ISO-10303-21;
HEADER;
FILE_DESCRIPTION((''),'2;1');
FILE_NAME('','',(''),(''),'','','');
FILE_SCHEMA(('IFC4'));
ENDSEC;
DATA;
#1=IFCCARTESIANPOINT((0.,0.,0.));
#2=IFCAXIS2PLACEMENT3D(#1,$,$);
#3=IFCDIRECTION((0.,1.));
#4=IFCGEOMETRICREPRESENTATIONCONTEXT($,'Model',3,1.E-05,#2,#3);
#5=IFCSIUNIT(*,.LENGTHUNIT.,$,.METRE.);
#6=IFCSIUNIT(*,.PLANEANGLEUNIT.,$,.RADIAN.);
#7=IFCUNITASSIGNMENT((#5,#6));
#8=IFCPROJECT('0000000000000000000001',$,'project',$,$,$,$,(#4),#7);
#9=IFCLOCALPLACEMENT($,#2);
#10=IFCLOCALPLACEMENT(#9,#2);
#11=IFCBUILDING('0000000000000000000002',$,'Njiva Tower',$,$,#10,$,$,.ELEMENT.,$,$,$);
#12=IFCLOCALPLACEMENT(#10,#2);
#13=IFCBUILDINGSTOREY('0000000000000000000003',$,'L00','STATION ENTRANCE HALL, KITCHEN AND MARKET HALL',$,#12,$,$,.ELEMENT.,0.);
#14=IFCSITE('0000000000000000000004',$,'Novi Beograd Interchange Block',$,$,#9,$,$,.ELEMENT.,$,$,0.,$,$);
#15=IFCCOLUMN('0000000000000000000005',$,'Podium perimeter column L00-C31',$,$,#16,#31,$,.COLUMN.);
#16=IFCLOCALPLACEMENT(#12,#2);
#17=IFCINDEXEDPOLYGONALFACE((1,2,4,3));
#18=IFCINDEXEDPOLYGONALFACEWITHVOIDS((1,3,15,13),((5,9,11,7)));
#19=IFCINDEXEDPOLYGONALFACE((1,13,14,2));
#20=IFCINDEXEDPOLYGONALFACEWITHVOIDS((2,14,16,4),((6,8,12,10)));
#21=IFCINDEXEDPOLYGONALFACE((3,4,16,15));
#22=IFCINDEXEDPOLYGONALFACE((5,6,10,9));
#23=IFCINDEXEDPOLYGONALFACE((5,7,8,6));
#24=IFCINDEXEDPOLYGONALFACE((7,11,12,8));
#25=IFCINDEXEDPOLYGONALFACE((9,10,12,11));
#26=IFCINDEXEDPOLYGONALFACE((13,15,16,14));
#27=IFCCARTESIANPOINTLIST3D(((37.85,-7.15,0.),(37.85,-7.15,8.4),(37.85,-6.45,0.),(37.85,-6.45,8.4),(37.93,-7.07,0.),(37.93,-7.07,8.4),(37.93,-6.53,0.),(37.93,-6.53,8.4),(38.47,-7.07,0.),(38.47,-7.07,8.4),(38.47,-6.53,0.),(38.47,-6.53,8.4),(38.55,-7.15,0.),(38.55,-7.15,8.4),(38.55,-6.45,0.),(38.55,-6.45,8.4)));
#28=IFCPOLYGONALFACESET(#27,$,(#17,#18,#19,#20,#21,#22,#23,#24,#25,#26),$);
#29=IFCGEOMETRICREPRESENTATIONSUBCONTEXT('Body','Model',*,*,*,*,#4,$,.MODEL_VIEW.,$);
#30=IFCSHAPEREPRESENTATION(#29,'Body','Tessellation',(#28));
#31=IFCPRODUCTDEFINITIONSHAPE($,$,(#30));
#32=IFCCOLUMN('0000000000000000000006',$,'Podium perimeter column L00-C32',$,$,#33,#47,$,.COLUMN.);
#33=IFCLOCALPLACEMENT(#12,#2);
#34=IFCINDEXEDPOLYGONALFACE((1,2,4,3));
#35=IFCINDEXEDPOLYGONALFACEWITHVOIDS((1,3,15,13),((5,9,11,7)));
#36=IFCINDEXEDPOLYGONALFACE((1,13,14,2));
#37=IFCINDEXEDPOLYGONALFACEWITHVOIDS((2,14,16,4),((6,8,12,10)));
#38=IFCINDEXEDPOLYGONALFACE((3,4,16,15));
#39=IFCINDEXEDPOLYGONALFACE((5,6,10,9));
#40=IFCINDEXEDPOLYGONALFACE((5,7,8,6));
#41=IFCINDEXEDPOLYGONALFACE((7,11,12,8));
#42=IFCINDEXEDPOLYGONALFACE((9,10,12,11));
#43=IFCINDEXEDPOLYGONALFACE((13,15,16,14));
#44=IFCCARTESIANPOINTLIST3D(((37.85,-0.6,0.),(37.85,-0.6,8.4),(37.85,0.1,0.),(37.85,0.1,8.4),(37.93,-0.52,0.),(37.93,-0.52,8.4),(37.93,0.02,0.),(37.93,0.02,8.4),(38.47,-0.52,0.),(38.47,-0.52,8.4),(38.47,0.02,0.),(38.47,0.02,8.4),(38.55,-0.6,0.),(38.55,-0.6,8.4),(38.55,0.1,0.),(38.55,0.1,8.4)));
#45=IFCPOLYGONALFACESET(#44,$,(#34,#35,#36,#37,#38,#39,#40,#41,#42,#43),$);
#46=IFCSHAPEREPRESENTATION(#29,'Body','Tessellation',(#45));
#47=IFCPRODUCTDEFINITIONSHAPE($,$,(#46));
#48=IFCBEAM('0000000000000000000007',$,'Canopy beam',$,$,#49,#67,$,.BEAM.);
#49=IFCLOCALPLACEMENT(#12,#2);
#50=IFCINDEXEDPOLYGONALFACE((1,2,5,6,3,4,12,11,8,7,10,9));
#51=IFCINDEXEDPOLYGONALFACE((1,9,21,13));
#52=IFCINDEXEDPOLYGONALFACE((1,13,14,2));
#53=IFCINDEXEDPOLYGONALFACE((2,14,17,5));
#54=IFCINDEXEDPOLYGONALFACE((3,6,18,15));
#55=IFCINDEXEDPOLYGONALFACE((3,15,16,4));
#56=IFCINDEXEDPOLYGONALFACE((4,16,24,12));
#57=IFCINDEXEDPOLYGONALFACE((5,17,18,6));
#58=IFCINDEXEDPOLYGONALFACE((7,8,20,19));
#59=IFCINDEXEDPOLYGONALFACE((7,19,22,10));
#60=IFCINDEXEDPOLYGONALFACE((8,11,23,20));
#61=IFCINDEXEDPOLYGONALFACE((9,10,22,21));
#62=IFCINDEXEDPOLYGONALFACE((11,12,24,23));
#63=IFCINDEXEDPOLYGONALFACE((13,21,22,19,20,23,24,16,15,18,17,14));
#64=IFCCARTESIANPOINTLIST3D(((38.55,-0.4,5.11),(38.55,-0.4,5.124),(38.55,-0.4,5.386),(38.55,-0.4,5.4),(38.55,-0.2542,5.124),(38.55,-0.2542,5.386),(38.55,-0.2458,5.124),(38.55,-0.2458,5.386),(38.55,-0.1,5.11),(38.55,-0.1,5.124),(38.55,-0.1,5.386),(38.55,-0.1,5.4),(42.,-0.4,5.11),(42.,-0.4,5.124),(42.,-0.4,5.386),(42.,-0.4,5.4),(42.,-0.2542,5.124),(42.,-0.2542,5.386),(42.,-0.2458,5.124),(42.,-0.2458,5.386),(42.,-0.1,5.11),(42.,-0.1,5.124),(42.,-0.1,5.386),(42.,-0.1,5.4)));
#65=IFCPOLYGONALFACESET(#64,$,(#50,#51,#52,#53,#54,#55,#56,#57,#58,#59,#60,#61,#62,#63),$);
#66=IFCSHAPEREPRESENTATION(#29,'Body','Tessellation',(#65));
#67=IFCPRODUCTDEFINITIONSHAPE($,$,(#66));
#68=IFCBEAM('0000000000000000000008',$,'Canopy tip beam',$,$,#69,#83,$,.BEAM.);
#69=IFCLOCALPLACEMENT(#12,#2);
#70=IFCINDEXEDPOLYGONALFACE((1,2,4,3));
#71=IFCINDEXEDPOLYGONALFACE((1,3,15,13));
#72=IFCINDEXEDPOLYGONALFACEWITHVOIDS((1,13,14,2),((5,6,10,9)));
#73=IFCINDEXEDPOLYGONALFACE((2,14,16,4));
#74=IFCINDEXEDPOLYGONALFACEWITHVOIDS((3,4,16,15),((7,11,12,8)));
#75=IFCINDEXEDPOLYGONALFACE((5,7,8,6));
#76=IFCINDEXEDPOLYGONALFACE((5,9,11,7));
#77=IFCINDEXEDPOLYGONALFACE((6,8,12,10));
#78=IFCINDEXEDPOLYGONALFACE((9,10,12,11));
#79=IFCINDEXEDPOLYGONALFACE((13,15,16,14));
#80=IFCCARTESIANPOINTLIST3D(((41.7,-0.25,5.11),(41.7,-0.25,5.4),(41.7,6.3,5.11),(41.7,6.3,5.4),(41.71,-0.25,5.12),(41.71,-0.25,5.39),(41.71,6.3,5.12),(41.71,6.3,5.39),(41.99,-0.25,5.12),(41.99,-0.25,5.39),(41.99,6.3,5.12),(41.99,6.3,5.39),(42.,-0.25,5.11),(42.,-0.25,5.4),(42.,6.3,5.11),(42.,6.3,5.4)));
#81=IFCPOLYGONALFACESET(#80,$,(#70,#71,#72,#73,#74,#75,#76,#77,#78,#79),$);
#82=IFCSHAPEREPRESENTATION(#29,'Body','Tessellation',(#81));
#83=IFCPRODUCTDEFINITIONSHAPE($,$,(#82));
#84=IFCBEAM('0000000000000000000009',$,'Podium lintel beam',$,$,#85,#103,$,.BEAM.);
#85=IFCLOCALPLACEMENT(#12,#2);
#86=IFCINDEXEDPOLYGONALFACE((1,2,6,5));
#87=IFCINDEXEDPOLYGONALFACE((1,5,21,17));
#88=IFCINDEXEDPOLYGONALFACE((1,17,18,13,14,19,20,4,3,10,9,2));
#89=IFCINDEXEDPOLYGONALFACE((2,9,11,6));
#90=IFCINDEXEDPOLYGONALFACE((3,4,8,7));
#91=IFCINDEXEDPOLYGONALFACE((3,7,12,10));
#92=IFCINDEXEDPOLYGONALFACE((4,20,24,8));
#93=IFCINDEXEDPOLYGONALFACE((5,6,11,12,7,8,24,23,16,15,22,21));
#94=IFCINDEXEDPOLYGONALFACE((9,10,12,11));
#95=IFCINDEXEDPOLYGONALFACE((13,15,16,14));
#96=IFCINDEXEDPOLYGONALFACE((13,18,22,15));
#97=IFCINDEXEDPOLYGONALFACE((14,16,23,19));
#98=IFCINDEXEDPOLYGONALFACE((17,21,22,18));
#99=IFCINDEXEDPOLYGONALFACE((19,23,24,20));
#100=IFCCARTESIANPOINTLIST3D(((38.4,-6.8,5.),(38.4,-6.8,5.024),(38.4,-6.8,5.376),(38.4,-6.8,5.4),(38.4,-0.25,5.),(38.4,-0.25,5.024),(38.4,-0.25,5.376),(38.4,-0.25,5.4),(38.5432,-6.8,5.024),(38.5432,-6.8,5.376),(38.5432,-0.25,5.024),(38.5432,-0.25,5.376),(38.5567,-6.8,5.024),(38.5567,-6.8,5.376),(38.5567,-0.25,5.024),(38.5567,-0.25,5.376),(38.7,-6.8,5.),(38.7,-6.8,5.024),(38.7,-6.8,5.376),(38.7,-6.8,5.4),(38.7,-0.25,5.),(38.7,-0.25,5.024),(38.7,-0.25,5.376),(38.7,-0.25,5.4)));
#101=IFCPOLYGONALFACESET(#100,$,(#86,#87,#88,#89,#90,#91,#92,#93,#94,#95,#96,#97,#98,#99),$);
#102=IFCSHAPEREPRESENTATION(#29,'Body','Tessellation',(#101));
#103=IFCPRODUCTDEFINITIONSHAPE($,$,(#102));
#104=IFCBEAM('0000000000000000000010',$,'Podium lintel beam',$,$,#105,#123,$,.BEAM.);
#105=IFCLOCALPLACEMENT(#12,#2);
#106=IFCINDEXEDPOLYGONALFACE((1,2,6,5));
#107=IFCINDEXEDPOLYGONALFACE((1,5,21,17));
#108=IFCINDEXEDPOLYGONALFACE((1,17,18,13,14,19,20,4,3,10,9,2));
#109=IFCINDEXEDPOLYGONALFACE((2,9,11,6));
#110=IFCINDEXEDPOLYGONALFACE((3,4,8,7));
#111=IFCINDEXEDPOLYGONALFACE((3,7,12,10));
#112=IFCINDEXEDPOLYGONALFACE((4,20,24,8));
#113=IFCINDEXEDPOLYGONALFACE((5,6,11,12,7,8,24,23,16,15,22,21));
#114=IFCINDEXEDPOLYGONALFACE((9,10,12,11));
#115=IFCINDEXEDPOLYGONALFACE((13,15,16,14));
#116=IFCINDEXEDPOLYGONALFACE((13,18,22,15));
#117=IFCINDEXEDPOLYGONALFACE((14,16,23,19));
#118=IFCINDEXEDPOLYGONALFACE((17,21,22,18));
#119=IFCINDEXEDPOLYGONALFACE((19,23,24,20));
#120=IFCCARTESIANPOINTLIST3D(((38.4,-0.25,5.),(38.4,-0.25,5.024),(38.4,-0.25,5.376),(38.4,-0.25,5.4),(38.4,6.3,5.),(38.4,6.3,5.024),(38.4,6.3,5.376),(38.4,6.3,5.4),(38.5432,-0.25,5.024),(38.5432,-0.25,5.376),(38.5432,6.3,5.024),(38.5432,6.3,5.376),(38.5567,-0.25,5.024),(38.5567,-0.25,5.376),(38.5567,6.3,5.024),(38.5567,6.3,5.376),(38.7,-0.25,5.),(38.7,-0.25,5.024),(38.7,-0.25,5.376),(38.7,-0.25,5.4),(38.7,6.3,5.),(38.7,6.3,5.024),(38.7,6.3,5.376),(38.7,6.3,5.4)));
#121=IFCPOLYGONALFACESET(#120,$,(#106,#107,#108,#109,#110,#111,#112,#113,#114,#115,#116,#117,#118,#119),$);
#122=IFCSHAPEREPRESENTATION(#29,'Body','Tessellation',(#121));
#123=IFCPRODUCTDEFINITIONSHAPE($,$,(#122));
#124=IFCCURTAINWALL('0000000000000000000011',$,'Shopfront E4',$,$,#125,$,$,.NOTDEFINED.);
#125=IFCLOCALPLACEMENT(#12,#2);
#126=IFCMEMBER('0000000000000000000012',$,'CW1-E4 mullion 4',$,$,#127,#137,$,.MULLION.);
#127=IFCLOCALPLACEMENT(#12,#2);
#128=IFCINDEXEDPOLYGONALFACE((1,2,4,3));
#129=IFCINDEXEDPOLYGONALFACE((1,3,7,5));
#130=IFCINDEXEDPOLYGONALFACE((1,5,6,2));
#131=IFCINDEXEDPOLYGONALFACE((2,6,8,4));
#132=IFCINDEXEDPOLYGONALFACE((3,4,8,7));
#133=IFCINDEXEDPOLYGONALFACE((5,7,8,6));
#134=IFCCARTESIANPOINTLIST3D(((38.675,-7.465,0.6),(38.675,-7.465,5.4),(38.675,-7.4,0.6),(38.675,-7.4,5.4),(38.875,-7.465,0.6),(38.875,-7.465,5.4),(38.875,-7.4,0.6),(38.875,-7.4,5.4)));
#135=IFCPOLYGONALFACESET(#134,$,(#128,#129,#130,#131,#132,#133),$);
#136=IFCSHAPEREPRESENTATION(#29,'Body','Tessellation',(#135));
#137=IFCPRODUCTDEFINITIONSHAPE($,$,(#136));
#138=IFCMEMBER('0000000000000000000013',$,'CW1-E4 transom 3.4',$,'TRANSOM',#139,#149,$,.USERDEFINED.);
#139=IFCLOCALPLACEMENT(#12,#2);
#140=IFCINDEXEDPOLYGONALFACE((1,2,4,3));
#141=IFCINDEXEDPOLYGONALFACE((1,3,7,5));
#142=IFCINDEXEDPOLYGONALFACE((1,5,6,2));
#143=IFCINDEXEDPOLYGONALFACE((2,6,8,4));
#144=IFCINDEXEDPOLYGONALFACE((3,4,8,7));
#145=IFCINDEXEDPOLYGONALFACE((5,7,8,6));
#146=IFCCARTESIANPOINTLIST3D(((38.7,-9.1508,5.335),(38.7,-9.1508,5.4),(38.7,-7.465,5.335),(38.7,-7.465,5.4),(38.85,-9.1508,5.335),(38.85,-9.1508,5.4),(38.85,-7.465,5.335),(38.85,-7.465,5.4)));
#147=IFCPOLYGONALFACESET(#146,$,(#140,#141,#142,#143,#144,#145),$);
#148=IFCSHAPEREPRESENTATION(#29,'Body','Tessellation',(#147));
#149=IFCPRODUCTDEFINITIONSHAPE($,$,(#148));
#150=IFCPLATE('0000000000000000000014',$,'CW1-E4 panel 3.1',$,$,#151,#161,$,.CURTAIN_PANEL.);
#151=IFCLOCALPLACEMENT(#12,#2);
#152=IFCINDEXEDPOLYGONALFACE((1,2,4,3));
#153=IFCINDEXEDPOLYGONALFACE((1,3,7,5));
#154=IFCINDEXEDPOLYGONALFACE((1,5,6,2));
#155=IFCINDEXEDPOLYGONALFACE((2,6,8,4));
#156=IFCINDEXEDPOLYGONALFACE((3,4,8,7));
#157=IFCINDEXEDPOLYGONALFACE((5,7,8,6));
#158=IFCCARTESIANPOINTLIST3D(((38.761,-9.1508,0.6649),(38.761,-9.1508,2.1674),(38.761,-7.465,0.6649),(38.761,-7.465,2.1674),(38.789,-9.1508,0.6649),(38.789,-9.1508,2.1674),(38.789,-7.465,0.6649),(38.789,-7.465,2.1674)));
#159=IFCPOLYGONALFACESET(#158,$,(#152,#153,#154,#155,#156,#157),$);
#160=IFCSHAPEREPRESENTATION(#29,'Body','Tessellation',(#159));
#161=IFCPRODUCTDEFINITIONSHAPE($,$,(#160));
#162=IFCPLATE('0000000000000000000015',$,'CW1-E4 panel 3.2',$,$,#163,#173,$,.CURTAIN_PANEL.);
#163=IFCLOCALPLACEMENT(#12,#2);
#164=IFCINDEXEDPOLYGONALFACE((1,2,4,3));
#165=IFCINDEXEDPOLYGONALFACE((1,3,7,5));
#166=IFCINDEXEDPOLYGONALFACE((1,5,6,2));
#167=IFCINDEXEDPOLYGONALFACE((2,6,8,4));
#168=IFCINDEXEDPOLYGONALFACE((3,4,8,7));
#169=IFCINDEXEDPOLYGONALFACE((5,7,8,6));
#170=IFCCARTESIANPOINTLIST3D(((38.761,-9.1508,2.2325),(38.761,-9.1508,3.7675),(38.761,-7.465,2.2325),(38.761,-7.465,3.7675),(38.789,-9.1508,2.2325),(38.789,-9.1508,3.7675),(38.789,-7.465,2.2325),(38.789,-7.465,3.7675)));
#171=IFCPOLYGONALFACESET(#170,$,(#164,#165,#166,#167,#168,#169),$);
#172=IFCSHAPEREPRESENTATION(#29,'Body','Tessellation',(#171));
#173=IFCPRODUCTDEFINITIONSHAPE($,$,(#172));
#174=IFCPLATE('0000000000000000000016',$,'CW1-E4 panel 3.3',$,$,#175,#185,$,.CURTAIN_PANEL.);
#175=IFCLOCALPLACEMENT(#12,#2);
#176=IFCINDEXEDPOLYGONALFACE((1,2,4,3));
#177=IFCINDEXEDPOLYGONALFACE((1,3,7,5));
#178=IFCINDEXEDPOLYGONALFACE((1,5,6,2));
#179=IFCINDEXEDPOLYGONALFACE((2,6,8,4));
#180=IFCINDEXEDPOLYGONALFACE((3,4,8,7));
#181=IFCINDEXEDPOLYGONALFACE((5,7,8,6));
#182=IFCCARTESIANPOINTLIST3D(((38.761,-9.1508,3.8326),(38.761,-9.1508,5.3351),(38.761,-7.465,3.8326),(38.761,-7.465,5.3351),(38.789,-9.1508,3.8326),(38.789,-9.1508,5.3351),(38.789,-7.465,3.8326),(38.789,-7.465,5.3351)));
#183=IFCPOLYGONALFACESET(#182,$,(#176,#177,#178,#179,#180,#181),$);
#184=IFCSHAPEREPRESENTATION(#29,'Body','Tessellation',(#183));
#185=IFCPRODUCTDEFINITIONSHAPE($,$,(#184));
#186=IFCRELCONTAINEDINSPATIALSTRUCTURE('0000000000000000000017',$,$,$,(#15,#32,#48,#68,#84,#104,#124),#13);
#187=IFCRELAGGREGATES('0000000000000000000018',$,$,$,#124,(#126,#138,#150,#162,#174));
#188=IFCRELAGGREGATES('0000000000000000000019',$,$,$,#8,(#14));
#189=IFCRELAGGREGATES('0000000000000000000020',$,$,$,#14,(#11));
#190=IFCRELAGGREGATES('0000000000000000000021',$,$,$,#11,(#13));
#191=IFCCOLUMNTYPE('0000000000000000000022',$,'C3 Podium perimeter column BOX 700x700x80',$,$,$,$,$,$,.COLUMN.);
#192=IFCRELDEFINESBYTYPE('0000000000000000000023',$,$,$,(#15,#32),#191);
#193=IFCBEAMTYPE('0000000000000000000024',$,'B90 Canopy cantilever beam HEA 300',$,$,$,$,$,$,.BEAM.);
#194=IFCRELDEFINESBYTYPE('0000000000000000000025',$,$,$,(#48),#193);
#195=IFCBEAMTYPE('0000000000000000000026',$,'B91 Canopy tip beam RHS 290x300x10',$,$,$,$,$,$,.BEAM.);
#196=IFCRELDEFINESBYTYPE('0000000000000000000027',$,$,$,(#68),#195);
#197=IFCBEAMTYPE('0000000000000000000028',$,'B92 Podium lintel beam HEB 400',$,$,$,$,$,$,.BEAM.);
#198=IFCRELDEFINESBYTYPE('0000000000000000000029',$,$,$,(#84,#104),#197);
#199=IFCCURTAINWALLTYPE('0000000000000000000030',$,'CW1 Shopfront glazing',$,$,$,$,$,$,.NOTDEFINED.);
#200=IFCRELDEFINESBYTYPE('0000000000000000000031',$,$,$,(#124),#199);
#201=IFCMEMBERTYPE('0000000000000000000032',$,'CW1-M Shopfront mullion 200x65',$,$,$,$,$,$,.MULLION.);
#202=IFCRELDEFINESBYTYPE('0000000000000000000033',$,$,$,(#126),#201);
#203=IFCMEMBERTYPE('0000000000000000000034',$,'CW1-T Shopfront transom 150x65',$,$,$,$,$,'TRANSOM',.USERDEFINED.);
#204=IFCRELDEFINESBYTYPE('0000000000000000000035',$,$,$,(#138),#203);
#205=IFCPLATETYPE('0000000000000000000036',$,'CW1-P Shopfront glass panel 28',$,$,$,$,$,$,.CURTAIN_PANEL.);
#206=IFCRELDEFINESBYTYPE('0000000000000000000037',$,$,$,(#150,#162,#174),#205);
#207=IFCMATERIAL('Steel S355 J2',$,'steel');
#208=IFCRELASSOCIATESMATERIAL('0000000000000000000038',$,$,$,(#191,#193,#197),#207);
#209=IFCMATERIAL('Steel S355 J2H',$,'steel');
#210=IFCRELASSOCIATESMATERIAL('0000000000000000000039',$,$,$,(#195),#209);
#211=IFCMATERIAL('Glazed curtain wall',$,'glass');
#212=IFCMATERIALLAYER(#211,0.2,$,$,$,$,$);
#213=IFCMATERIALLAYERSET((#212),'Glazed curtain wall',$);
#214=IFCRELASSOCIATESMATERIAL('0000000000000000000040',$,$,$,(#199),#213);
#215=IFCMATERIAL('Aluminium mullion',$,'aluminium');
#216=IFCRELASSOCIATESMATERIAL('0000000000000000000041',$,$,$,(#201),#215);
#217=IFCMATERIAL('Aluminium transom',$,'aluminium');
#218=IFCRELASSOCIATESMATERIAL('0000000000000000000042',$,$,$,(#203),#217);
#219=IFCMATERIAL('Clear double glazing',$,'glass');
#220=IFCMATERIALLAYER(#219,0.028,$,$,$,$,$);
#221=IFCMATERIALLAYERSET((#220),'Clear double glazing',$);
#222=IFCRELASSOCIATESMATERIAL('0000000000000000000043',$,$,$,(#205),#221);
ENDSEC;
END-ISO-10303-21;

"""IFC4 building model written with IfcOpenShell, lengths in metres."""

from ifc_helpers import new_model, si_unit, direction, frame, origin, origin_2d, place, context, subcontext, project, spatial, rectangle, hollow_rectangle, i_section, extrude, material, layer, layer_set, material_profile, profile_set, type_object, element, aggregate, save


model = new_model("IFC4")

# Units and contexts
model_context = context("Model", 3, precision=1e-05, world=origin(), true_north=direction((0.0, 1.0)))
body_context = subcontext(model_context, "Body", "Model", "MODEL_VIEW")
ifc_project = project(units=[si_unit("LENGTHUNIT", "METRE"), si_unit("PLANEANGLEUNIT", "RADIAN")], contexts=[model_context])

# Site, building, storey
site_placement = place(None, origin())
site = spatial("IfcSite", under=ifc_project, at=site_placement, Name="Novi Beograd Interchange Block", CompositionType="ELEMENT", RefElevation=0.0)
building_placement = place(site_placement, origin())
building = spatial("IfcBuilding", under=site, at=building_placement, Name="Njiva Tower", CompositionType="ELEMENT")
storey_placement = place(building_placement, origin())
storey = spatial("IfcBuildingStorey", under=building, at=storey_placement, Name="L00", Description="STATION ENTRANCE HALL, KITCHEN AND MARKET HALL", CompositionType="ELEMENT", Elevation=0.0)

# Columns
ifc_material_1 = material(Name="Steel S355 J2", Category="steel")
ifc_material_profile_1 = material_profile(ifc_material_1, hollow_rectangle(XDim=0.7, YDim=0.7, WallThickness=0.08, at=origin_2d()), Name="BOX 700x700x80")
ifc_profile_set_1 = profile_set([ifc_material_profile_1], Name="Steel S355 J2")
column_type = type_object("IfcColumnType", Name="C3 Podium perimeter column BOX 700x700x80", PredefinedType="COLUMN", material=ifc_profile_set_1)
for number, where, z_axis, x_axis, name in (
    (1, (38.2, -6.8, 0.0), (0.0, 0.0, 1.0), (0.0, 1.0, 0.0), "Podium perimeter column L00-C31"),
    (2, (38.2, -0.25, 0.0), (0.0, 0.0, 1.0), (0.0, 1.0, 0.0), "Podium perimeter column L00-C32"),
):
    element("IfcColumn", number, at=place(storey_placement, frame(where, z_axis=z_axis, x_axis=x_axis)), inside=storey, type_object=column_type, Name=name, PredefinedType="COLUMN", context=body_context, shape_type="SweptSolid", body=[
        extrude(hollow_rectangle(XDim=0.7, YDim=0.7, WallThickness=0.08, at=origin_2d()), origin(), (0.0, 0.0, 1.0), 8.4),
    ])

# Beams
ifc_material_profile_2 = material_profile(ifc_material_1, i_section(OverallWidth=0.3, OverallDepth=0.29, WebThickness=0.0085, FlangeThickness=0.014, at=origin_2d()), Name="HEA300")
ifc_profile_set_2 = profile_set([ifc_material_profile_2], Name="Steel S355 J2")
beam_type_1 = type_object("IfcBeamType", Name="B90 Canopy cantilever beam HEA 300", PredefinedType="BEAM", material=ifc_profile_set_2)
beam_1_placement = place(storey_placement, frame((38.55, -0.25, 5.255), z_axis=(1.0, 0.0, 0.0), x_axis=(0.0, 1.0, 0.0)))
element("IfcBeam", 3, at=beam_1_placement, inside=storey, type_object=beam_type_1, Name="Canopy beam", PredefinedType="BEAM", context=body_context, shape_type="SweptSolid", body=[
    extrude(i_section(OverallWidth=0.3, OverallDepth=0.29, WebThickness=0.0085, FlangeThickness=0.014, at=origin_2d()), origin(), (0.0, 0.0, 1.0), 3.45),
])
ifc_material_2 = material(Name="Steel S355 J2H", Category="steel")
ifc_material_profile_3 = material_profile(ifc_material_2, hollow_rectangle(XDim=0.3, YDim=0.29, WallThickness=0.01, at=origin_2d()), Name="BOX 290x300x10")
ifc_profile_set_3 = profile_set([ifc_material_profile_3], Name="Steel S355 J2H")
beam_type_2 = type_object("IfcBeamType", Name="B91 Canopy tip beam RHS 290x300x10", PredefinedType="BEAM", material=ifc_profile_set_3)
beam_2_placement = place(storey_placement, frame((41.85, -0.25, 5.255), z_axis=(0.0, 1.0, 0.0), x_axis=(-1.0, 0.0, 0.0)))
element("IfcBeam", 4, at=beam_2_placement, inside=storey, type_object=beam_type_2, Name="Canopy tip beam", PredefinedType="BEAM", context=body_context, shape_type="SweptSolid", body=[
    extrude(hollow_rectangle(XDim=0.3, YDim=0.29, WallThickness=0.01, at=origin_2d()), origin(), (0.0, 0.0, 1.0), 6.55),
])
ifc_material_profile_4 = material_profile(ifc_material_1, i_section(OverallWidth=0.3, OverallDepth=0.4, WebThickness=0.0135, FlangeThickness=0.024, at=origin_2d()), Name="HEB400")
ifc_profile_set_4 = profile_set([ifc_material_profile_4], Name="Steel S355 J2")
beam_type_3 = type_object("IfcBeamType", Name="B92 Podium lintel beam HEB 400", PredefinedType="BEAM", material=ifc_profile_set_4)
for number, where, z_axis, x_axis, name in (
    (5, (38.55, -6.8, 5.2), (0.0, 1.0, 0.0), (-1.0, 0.0, 0.0), "Podium lintel beam"),
    (6, (38.55, -0.25, 5.2), (0.0, 1.0, 0.0), (-1.0, 0.0, 0.0), "Podium lintel beam"),
):
    element("IfcBeam", number, at=place(storey_placement, frame(where, z_axis=z_axis, x_axis=x_axis)), inside=storey, type_object=beam_type_3, Name=name, PredefinedType="BEAM", context=body_context, shape_type="SweptSolid", body=[
        extrude(i_section(OverallWidth=0.3, OverallDepth=0.4, WebThickness=0.0135, FlangeThickness=0.024, at=origin_2d()), origin(), (0.0, 0.0, 1.0), 6.55),
    ])

# Curtain wall, members, plates
ifc_material_3 = material(Name="Glazed curtain wall", Category="glass")
ifc_layer_1 = layer(ifc_material_3, 0.2)
ifc_layer_set_1 = layer_set([ifc_layer_1], Name="Glazed curtain wall")
curtain_wall_type = type_object("IfcCurtainWallType", Name="CW1 Shopfront glazing", PredefinedType="NOTDEFINED", material=ifc_layer_set_1)
curtain_wall_placement = place(storey_placement, origin())
curtain_wall = element("IfcCurtainWall", 7, at=curtain_wall_placement, inside=storey, type_object=curtain_wall_type, Name="Shopfront E4", PredefinedType="NOTDEFINED")
ifc_material_4 = material(Name="Aluminium mullion", Category="aluminium")
ifc_material_profile_5 = material_profile(ifc_material_4, rectangle(XDim=0.2, YDim=0.065, at=origin_2d()), Name="RECT 200x65")
ifc_profile_set_5 = profile_set([ifc_material_profile_5], Name="Aluminium mullion")
member_type_1 = type_object("IfcMemberType", Name="CW1-M Shopfront mullion 200x65", PredefinedType="MULLION", material=ifc_profile_set_5)
member_1_placement = place(storey_placement, frame((38.775, -7.4325, 0.6), z_axis=(0.0, 0.0, 1.0), x_axis=(-1.0, 0.0, 0.0)))
member_1 = element("IfcMember", 8, at=member_1_placement, type_object=member_type_1, Name="CW1-E4 mullion 4", PredefinedType="MULLION", context=body_context, shape_type="SweptSolid", body=[
    extrude(rectangle(XDim=0.2, YDim=0.065, at=origin_2d()), origin(), (0.0, 0.0, 1.0), 4.8),
])
ifc_material_5 = material(Name="Aluminium transom", Category="aluminium")
ifc_material_profile_6 = material_profile(ifc_material_5, rectangle(XDim=0.15, YDim=0.065, at=origin_2d()), Name="RECT 150x65")
ifc_profile_set_6 = profile_set([ifc_material_profile_6], Name="Aluminium transom")
member_type_2 = type_object("IfcMemberType", Name="CW1-T Shopfront transom 150x65", ElementType="TRANSOM", PredefinedType="USERDEFINED", material=ifc_profile_set_6)
member_2_placement = place(storey_placement, frame((38.775, -9.1508, 5.3675), z_axis=(0.0, 1.0, 0.0), x_axis=(-1.0, 0.0, 0.0)))
member_2 = element("IfcMember", 9, at=member_2_placement, type_object=member_type_2, Name="CW1-E4 transom 3.4", ObjectType="TRANSOM", PredefinedType="USERDEFINED", context=body_context, shape_type="SweptSolid", body=[
    extrude(rectangle(XDim=0.15, YDim=0.065, at=origin_2d()), origin(), (0.0, 0.0, 1.0), 1.6858),
])
ifc_material_6 = material(Name="Clear double glazing", Category="glass")
ifc_layer_2 = layer(ifc_material_6, 0.028)
ifc_layer_set_2 = layer_set([ifc_layer_2], Name="Clear double glazing")
plate_type = type_object("IfcPlateType", Name="CW1-P Shopfront glass panel 28", PredefinedType="CURTAIN_PANEL", material=ifc_layer_set_2)
plate_1_placement = place(storey_placement, frame((38.775, -8.3079, 0.6649), z_axis=(0.0, 0.0, 1.0), x_axis=(0.0, 1.0, 0.0)))
plate_1 = element("IfcPlate", 10, at=plate_1_placement, type_object=plate_type, Name="CW1-E4 panel 3.1", PredefinedType="CURTAIN_PANEL", context=body_context, shape_type="SweptSolid", body=[
    extrude(rectangle(XDim=1.6858, YDim=0.028, at=origin_2d()), origin(), (0.0, 0.0, 1.0), 1.5025),
])
plate_2_placement = place(storey_placement, frame((38.775, -8.3079, 2.2325), z_axis=(0.0, 0.0, 1.0), x_axis=(0.0, 1.0, 0.0)))
plate_2 = element("IfcPlate", 11, at=plate_2_placement, type_object=plate_type, Name="CW1-E4 panel 3.2", PredefinedType="CURTAIN_PANEL", context=body_context, shape_type="SweptSolid", body=[
    extrude(rectangle(XDim=1.6858, YDim=0.028, at=origin_2d()), origin(), (0.0, 0.0, 1.0), 1.535),
])
plate_3_placement = place(storey_placement, frame((38.775, -8.3079, 3.8326), z_axis=(0.0, 0.0, 1.0), x_axis=(0.0, 1.0, 0.0)))
plate_3 = element("IfcPlate", 12, at=plate_3_placement, type_object=plate_type, Name="CW1-E4 panel 3.3", PredefinedType="CURTAIN_PANEL", context=body_context, shape_type="SweptSolid", body=[
    extrude(rectangle(XDim=1.6858, YDim=0.028, at=origin_2d()), origin(), (0.0, 0.0, 1.0), 1.5025),
])
aggregate(curtain_wall, [member_1, member_2, plate_1, plate_2, plate_3])

save(model, "model.ifc")
